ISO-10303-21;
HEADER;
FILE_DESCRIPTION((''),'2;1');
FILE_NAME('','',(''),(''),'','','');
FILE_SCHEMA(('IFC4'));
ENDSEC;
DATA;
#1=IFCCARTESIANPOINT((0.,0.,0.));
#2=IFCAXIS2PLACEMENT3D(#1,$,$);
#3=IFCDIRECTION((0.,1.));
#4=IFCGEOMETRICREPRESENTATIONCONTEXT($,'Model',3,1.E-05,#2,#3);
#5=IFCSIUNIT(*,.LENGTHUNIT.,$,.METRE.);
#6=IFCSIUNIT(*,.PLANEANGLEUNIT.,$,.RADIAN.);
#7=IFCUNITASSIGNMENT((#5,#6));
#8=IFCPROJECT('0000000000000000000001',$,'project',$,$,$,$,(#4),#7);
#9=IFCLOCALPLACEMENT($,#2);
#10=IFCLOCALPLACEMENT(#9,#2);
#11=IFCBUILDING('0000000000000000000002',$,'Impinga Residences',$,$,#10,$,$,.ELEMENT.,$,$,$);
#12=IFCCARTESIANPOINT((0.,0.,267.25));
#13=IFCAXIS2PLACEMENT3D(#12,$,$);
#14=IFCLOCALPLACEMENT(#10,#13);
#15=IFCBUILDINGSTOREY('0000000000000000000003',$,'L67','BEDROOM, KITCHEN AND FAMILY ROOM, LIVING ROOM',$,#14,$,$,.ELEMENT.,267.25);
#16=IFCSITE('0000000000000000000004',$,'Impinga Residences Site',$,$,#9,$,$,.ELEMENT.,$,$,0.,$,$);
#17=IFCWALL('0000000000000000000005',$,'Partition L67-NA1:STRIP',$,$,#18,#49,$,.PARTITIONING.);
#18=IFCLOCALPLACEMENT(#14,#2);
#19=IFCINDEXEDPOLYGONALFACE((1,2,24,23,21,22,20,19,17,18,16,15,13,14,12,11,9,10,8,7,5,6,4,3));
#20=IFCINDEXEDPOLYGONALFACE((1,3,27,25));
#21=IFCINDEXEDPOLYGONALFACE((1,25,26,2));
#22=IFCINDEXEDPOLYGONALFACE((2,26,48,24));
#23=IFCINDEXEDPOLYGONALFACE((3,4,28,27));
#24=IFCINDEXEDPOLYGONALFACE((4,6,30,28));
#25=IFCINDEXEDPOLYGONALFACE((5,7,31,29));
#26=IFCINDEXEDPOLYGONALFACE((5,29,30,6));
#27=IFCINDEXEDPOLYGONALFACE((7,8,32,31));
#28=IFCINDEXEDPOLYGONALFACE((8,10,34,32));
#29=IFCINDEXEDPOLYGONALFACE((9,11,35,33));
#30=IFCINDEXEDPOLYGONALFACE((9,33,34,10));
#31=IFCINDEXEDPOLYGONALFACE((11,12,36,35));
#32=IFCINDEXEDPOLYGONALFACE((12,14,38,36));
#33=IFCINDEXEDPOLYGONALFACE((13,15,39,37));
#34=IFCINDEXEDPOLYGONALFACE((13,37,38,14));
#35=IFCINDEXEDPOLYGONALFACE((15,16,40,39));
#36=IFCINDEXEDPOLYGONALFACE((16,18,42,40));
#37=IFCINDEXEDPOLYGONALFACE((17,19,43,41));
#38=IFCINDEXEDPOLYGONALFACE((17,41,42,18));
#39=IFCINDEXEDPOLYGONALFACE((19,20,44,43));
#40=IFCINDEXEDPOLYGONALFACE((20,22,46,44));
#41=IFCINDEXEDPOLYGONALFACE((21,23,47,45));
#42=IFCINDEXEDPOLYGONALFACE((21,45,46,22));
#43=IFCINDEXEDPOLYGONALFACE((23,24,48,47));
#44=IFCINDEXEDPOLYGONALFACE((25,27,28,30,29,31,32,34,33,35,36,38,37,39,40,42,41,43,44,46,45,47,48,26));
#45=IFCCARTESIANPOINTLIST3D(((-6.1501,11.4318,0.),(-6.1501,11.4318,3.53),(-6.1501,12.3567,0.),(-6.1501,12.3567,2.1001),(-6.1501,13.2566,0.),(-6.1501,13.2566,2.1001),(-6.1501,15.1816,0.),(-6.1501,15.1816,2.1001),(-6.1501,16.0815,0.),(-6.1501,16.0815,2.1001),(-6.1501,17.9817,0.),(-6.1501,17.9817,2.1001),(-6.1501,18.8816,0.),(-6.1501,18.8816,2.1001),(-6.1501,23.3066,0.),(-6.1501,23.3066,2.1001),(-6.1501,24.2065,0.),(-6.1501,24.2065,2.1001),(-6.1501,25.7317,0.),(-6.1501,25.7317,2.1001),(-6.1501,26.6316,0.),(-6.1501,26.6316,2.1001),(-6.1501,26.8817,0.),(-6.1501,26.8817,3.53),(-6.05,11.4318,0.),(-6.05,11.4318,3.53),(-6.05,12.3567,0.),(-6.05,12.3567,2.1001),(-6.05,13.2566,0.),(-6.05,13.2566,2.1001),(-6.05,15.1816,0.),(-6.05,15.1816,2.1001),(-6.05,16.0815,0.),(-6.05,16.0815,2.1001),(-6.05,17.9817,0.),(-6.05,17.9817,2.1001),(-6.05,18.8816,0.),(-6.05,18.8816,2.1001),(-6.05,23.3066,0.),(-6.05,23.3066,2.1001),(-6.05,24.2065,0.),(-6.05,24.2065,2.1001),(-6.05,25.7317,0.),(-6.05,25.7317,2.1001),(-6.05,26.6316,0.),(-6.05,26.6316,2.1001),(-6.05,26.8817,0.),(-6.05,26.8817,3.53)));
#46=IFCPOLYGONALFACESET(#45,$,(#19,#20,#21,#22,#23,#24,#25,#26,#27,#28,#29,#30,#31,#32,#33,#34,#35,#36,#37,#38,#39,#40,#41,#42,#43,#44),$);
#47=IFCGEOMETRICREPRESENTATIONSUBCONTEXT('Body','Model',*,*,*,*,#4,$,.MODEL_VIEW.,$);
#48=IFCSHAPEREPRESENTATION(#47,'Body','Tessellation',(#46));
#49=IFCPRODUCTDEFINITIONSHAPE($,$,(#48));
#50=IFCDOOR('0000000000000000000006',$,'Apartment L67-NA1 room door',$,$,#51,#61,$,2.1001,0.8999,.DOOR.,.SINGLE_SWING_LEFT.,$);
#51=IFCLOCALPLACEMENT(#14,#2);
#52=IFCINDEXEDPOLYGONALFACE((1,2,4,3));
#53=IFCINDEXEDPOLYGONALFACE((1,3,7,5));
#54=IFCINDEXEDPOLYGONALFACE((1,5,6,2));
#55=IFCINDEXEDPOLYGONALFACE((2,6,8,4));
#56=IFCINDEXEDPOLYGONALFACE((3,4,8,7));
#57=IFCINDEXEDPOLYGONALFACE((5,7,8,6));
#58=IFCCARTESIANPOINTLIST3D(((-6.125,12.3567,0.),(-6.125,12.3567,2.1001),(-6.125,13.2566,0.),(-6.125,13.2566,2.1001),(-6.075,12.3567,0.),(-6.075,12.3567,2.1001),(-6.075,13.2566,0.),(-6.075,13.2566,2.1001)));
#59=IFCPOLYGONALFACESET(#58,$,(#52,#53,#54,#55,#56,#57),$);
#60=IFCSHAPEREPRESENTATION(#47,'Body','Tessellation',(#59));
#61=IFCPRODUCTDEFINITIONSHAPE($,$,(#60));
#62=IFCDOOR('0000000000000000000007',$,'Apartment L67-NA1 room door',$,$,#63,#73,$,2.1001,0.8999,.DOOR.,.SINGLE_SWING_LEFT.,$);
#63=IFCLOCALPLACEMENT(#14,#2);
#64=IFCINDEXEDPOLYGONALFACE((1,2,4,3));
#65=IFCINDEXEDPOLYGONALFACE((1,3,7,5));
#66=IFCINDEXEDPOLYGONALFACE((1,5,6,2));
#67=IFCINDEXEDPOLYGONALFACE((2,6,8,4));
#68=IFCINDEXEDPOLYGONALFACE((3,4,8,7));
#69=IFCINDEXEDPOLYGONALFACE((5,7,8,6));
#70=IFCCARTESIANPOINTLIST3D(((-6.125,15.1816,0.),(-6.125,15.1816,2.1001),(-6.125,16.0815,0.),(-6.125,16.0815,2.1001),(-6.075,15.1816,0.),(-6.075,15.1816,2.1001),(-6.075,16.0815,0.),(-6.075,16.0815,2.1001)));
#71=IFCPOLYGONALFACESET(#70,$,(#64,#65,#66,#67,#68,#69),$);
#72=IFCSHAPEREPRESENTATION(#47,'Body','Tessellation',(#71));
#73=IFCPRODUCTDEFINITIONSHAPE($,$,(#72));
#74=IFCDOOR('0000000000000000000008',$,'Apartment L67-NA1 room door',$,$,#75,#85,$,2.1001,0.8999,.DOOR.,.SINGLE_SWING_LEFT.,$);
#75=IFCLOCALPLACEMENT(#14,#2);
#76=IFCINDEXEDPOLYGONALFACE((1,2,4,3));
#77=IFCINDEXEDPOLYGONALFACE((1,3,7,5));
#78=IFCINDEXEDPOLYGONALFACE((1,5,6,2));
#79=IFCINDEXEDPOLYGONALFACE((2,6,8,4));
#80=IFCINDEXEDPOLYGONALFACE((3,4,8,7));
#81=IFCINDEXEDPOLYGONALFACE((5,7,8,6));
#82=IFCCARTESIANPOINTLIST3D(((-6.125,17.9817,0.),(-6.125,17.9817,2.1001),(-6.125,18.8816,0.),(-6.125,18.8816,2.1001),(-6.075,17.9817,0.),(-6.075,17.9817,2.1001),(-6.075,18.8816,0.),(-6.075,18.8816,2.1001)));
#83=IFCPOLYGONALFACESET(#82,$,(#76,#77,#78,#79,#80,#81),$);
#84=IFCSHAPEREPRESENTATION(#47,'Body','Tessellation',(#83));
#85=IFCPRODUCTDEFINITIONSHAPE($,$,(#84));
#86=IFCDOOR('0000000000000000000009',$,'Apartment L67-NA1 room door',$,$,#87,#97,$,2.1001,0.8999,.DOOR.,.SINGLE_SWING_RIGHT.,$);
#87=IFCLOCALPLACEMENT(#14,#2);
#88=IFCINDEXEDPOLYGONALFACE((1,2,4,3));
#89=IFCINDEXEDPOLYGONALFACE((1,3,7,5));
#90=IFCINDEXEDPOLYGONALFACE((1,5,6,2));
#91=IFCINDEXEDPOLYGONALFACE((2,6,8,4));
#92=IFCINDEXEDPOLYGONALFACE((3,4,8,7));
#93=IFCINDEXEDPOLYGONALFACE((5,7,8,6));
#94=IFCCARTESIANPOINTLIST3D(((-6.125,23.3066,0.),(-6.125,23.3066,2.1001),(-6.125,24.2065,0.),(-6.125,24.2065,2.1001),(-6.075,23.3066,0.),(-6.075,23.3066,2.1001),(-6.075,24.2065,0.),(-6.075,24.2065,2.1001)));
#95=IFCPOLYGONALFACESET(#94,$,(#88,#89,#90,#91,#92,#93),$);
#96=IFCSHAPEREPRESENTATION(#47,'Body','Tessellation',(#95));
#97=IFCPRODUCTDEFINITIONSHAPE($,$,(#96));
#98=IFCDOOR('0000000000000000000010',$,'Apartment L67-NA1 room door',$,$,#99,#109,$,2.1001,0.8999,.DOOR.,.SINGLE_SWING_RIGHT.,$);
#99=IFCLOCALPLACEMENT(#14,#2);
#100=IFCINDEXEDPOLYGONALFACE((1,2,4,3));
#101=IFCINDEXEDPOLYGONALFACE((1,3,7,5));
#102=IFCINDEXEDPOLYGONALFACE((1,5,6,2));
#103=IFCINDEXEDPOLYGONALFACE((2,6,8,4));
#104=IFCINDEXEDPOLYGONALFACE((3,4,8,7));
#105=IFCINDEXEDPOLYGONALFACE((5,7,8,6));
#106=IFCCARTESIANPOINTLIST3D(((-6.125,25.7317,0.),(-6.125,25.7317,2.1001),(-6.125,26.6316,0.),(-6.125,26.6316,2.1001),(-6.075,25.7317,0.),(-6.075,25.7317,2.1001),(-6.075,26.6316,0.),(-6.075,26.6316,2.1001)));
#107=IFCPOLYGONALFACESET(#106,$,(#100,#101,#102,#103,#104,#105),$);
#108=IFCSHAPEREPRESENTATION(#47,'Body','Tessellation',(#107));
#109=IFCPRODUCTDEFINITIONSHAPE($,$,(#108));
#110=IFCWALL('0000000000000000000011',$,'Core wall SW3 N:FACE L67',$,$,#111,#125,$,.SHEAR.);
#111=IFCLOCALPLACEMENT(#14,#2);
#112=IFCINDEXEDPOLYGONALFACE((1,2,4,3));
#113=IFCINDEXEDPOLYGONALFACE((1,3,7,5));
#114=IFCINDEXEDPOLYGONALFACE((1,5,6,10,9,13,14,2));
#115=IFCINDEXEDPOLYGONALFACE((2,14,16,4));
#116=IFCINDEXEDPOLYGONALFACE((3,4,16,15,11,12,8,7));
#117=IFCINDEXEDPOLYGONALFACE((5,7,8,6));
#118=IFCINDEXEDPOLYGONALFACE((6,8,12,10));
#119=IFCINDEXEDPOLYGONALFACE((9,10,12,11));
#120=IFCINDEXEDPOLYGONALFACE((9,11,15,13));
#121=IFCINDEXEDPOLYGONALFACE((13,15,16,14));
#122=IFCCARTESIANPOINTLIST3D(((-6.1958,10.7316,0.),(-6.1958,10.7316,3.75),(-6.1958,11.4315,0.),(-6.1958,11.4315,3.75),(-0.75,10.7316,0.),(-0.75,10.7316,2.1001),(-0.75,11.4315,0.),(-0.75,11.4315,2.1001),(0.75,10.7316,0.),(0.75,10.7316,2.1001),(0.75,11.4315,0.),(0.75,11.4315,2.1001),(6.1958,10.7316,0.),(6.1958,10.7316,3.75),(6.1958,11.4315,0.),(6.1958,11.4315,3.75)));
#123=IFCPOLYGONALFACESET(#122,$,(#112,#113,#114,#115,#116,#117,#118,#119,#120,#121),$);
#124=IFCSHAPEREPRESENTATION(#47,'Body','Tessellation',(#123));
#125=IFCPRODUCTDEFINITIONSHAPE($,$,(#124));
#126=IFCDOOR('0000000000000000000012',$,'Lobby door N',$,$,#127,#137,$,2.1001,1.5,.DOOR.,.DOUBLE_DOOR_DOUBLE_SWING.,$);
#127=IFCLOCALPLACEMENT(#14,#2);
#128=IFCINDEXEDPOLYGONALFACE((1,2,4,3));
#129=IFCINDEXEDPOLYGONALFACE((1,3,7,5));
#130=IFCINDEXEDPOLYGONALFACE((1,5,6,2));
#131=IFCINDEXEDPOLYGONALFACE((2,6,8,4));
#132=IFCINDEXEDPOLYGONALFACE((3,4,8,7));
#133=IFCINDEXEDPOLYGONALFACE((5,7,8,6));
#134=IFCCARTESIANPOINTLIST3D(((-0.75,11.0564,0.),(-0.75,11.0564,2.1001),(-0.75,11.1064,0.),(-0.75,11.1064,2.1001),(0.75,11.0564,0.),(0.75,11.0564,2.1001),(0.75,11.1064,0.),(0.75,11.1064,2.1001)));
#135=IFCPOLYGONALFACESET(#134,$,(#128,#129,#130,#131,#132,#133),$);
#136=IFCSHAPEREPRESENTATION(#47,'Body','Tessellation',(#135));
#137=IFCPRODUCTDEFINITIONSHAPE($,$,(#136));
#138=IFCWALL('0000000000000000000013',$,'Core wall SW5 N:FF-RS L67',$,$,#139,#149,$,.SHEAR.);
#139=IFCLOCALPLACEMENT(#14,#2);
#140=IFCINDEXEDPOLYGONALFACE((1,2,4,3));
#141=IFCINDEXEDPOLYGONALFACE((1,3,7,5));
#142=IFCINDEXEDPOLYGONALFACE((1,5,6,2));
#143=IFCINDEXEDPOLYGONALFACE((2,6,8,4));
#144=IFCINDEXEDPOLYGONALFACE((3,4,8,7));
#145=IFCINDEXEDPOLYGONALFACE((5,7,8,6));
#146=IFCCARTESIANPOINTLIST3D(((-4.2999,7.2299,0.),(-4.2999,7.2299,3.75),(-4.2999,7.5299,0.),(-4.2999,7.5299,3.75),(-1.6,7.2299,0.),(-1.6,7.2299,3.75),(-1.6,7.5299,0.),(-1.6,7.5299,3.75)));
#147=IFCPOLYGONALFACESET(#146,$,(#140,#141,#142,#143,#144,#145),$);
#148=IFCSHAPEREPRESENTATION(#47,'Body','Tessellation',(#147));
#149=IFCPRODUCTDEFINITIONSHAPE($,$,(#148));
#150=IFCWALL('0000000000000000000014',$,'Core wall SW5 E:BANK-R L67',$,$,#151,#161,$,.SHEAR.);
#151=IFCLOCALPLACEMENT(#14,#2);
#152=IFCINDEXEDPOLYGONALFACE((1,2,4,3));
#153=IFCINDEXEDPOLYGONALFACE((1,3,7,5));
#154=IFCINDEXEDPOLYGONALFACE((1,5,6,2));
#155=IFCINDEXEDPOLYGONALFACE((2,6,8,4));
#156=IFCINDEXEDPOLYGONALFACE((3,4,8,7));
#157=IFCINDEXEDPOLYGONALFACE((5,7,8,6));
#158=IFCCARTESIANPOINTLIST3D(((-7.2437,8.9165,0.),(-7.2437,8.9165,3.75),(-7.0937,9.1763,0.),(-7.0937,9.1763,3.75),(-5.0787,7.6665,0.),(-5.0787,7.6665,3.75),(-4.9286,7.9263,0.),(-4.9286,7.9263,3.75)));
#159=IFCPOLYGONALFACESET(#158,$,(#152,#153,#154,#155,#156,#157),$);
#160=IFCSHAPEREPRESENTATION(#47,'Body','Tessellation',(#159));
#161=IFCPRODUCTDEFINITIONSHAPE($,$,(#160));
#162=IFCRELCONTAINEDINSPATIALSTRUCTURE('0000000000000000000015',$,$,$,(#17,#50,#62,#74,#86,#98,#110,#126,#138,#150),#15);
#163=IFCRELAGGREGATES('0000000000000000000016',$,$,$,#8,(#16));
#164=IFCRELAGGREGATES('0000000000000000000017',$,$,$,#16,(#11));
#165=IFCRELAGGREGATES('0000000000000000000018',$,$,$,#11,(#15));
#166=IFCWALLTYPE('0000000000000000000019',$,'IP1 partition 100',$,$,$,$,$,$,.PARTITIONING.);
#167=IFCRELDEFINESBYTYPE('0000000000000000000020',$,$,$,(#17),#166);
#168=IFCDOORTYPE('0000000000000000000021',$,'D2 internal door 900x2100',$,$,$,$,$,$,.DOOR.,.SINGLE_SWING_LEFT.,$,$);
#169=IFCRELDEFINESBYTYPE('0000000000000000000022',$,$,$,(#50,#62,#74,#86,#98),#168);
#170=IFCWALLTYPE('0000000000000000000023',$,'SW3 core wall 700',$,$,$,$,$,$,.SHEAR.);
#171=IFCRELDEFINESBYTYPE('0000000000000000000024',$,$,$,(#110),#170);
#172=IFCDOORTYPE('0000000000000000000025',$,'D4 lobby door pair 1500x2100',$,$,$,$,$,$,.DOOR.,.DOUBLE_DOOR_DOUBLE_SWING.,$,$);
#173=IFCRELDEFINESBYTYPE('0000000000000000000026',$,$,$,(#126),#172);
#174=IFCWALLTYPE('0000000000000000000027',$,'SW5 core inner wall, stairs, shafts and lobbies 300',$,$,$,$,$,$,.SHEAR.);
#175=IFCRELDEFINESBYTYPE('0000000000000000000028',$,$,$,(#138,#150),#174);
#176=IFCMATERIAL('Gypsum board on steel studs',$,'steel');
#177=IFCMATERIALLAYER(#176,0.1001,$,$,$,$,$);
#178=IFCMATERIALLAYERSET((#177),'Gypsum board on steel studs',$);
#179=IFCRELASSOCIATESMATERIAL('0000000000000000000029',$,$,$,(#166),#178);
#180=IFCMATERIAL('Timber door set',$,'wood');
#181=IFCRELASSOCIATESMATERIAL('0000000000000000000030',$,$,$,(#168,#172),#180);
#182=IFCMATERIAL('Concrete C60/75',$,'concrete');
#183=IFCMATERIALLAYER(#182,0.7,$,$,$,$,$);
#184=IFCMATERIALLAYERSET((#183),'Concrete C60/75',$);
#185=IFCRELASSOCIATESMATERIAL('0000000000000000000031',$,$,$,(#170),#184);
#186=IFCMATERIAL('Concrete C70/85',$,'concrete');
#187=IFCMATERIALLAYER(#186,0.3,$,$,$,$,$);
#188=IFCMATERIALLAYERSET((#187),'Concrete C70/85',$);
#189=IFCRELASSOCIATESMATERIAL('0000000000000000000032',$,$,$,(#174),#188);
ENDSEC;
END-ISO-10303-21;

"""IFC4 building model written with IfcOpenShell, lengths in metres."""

from ifc_helpers import new_model, si_unit, direction, frame, frame_2d, origin, place, context, subcontext, project, spatial, rectangle, extrude, material, layer, layer_set, type_object, element, fill, save


model = new_model("IFC4")

# Units and contexts
model_context = context("Model", 3, precision=1e-05, world=origin(), true_north=direction((0.0, 1.0)))
body_context = subcontext(model_context, "Body", "Model", "MODEL_VIEW")
ifc_project = project(units=[si_unit("LENGTHUNIT", "METRE"), si_unit("PLANEANGLEUNIT", "RADIAN")], contexts=[model_context])

# Site, building, storey
site_placement = place(None, origin())
site = spatial("IfcSite", under=ifc_project, at=site_placement, Name="Impinga Residences Site", CompositionType="ELEMENT", RefElevation=0.0)
building_placement = place(site_placement, origin())
building = spatial("IfcBuilding", under=site, at=building_placement, Name="Impinga Residences", CompositionType="ELEMENT")
storey_placement = place(building_placement, frame((0.0, 0.0, 267.25)))
storey = spatial("IfcBuildingStorey", under=building, at=storey_placement, Name="L67", Description="BEDROOM, KITCHEN AND FAMILY ROOM, LIVING ROOM", CompositionType="ELEMENT", Elevation=267.25)

# Shared definitions
ifc_material_1 = material(Name="Concrete C60/75", Category="concrete")

# Shared definitions
ifc_material_2 = material(Name="Timber door set", Category="wood")

# Wall, openings, doors
ifc_material_3 = material(Name="Gypsum board on steel studs", Category="steel")
ifc_layer_1 = layer(ifc_material_3, 0.1001)
ifc_layer_set_1 = layer_set([ifc_layer_1], Name="Gypsum board on steel studs")
wall_type_1 = type_object("IfcWallType", Name="IP1 partition 100", PredefinedType="PARTITIONING", material=ifc_layer_set_1)
wall_1_placement = place(storey_placement, frame((-6.1001, 11.4316, 0.0), z_axis=(0.0, 0.0, 1.0), x_axis=(0.0, 1.0, 0.0)))
wall_1 = element("IfcWall", 1, at=wall_1_placement, inside=storey, type_object=wall_type_1, Name="Partition L67-NA1:STRIP", PredefinedType="PARTITIONING", context=body_context, shape_type="SweptSolid", body=[
    extrude(rectangle(XDim=15.45, YDim=0.1001, at=frame_2d((7.7251, 0.0))), origin(), (0.0, 0.0, 1.0), 3.53),
])
opening_1_placement = place(wall_1_placement, frame((0.925, 0.0, 0.0)))
opening_1 = element("IfcOpeningElement", 2, at=opening_1_placement, cuts=wall_1, PredefinedType="OPENING", context=body_context, shape_type="SweptSolid", body=[
    extrude(rectangle(XDim=0.8999, YDim=2.1001, at=frame_2d((0.45, 1.05))), frame((0.0, 0.0601, 0.0), z_axis=(0.0, -1.0, 0.0), x_axis=(1.0, 0.0, 0.0)), (0.0, 0.0, 1.0), 0.1201),
])
opening_2_placement = place(wall_1_placement, frame((3.75, 0.0, 0.0)))
opening_2 = element("IfcOpeningElement", 3, at=opening_2_placement, cuts=wall_1, PredefinedType="OPENING", context=body_context, shape_type="SweptSolid", body=[
    extrude(rectangle(XDim=0.8999, YDim=2.1001, at=frame_2d((0.45, 1.05))), frame((0.0, 0.0601, 0.0), z_axis=(0.0, -1.0, 0.0), x_axis=(1.0, 0.0, 0.0)), (0.0, 0.0, 1.0), 0.1201),
])
opening_3_placement = place(wall_1_placement, frame((6.55, 0.0, 0.0)))
opening_3 = element("IfcOpeningElement", 4, at=opening_3_placement, cuts=wall_1, PredefinedType="OPENING", context=body_context, shape_type="SweptSolid", body=[
    extrude(rectangle(XDim=0.8999, YDim=2.1001, at=frame_2d((0.45, 1.05))), frame((0.0, 0.0601, 0.0), z_axis=(0.0, -1.0, 0.0), x_axis=(1.0, 0.0, 0.0)), (0.0, 0.0, 1.0), 0.1201),
])
opening_4_placement = place(wall_1_placement, frame((11.875, 0.0, 0.0)))
opening_4 = element("IfcOpeningElement", 5, at=opening_4_placement, cuts=wall_1, PredefinedType="OPENING", context=body_context, shape_type="SweptSolid", body=[
    extrude(rectangle(XDim=0.8999, YDim=2.1001, at=frame_2d((0.45, 1.05))), frame((0.0, 0.0601, 0.0), z_axis=(0.0, -1.0, 0.0), x_axis=(1.0, 0.0, 0.0)), (0.0, 0.0, 1.0), 0.1201),
])
opening_5_placement = place(wall_1_placement, frame((14.3, 0.0, 0.0)))
opening_5 = element("IfcOpeningElement", 6, at=opening_5_placement, cuts=wall_1, PredefinedType="OPENING", context=body_context, shape_type="SweptSolid", body=[
    extrude(rectangle(XDim=0.8999, YDim=2.1001, at=frame_2d((0.45, 1.05))), frame((0.0, 0.0601, 0.0), z_axis=(0.0, -1.0, 0.0), x_axis=(1.0, 0.0, 0.0)), (0.0, 0.0, 1.0), 0.1201),
])
door_type_1 = type_object("IfcDoorType", Name="D2 internal door 900x2100", OperationType="SINGLE_SWING_LEFT", PredefinedType="DOOR", material=ifc_material_2)
door_1_placement = place(opening_1_placement, origin())
door_1 = element("IfcDoor", 7, at=door_1_placement, inside=storey, type_object=door_type_1, Name="Apartment L67-NA1 room door", OperationType="SINGLE_SWING_LEFT", OverallHeight=2.1001, OverallWidth=0.8999, PredefinedType="DOOR", context=body_context, shape_type="SweptSolid", body=[
    extrude(rectangle(XDim=0.8999, YDim=2.1001, at=frame_2d((0.45, 1.05))), frame((0.0, 0.0249, 0.0), z_axis=(0.0, -1.0, 0.0), x_axis=(1.0, 0.0, 0.0)), (0.0, 0.0, 1.0), 0.05),
])
fill(opening_1, door_1)
door_2_placement = place(opening_2_placement, origin())
door_2 = element("IfcDoor", 8, at=door_2_placement, inside=storey, type_object=door_type_1, Name="Apartment L67-NA1 room door", OperationType="SINGLE_SWING_LEFT", OverallHeight=2.1001, OverallWidth=0.8999, PredefinedType="DOOR", context=body_context, shape_type="SweptSolid", body=[
    extrude(rectangle(XDim=0.8999, YDim=2.1001, at=frame_2d((0.45, 1.05))), frame((0.0, 0.0249, 0.0), z_axis=(0.0, -1.0, 0.0), x_axis=(1.0, 0.0, 0.0)), (0.0, 0.0, 1.0), 0.05),
])
fill(opening_2, door_2)
door_3_placement = place(opening_3_placement, origin())
door_3 = element("IfcDoor", 9, at=door_3_placement, inside=storey, type_object=door_type_1, Name="Apartment L67-NA1 room door", OperationType="SINGLE_SWING_LEFT", OverallHeight=2.1001, OverallWidth=0.8999, PredefinedType="DOOR", context=body_context, shape_type="SweptSolid", body=[
    extrude(rectangle(XDim=0.8999, YDim=2.1001, at=frame_2d((0.45, 1.05))), frame((0.0, 0.0249, 0.0), z_axis=(0.0, -1.0, 0.0), x_axis=(1.0, 0.0, 0.0)), (0.0, 0.0, 1.0), 0.05),
])
fill(opening_3, door_3)
door_4_placement = place(opening_4_placement, origin())
door_4 = element("IfcDoor", 10, at=door_4_placement, inside=storey, type_object=door_type_1, Name="Apartment L67-NA1 room door", OperationType="SINGLE_SWING_RIGHT", OverallHeight=2.1001, OverallWidth=0.8999, PredefinedType="DOOR", context=body_context, shape_type="SweptSolid", body=[
    extrude(rectangle(XDim=0.8999, YDim=2.1001, at=frame_2d((0.45, 1.05))), frame((0.0, 0.0249, 0.0), z_axis=(0.0, -1.0, 0.0), x_axis=(1.0, 0.0, 0.0)), (0.0, 0.0, 1.0), 0.05),
])
fill(opening_4, door_4)
door_5_placement = place(opening_5_placement, origin())
door_5 = element("IfcDoor", 11, at=door_5_placement, inside=storey, type_object=door_type_1, Name="Apartment L67-NA1 room door", OperationType="SINGLE_SWING_RIGHT", OverallHeight=2.1001, OverallWidth=0.8999, PredefinedType="DOOR", context=body_context, shape_type="SweptSolid", body=[
    extrude(rectangle(XDim=0.8999, YDim=2.1001, at=frame_2d((0.45, 1.05))), frame((0.0, 0.0249, 0.0), z_axis=(0.0, -1.0, 0.0), x_axis=(1.0, 0.0, 0.0)), (0.0, 0.0, 1.0), 0.05),
])
fill(opening_5, door_5)

# Wall, opening, door
ifc_layer_2 = layer(ifc_material_1, 0.7)
ifc_layer_set_2 = layer_set([ifc_layer_2], Name="Concrete C60/75")
wall_type_2 = type_object("IfcWallType", Name="SW3 core wall 700", PredefinedType="SHEAR", material=ifc_layer_set_2)
wall_2_placement = place(storey_placement, frame((-6.1958, 11.0815, 0.0), z_axis=(0.0, 0.0, 1.0), x_axis=(1.0, 0.0, 0.0)))
wall_2 = element("IfcWall", 12, at=wall_2_placement, inside=storey, type_object=wall_type_2, Name="Core wall SW3 N:FACE L67", PredefinedType="SHEAR", context=body_context, shape_type="SweptSolid", body=[
    extrude(rectangle(XDim=12.3916, YDim=0.7, at=frame_2d((6.1958, 0.0))), origin(), (0.0, 0.0, 1.0), 3.75),
])
opening_6_placement = place(wall_2_placement, frame((5.4458, 0.0, 0.0)))
opening_6 = element("IfcOpeningElement", 13, at=opening_6_placement, cuts=wall_2, PredefinedType="OPENING", context=body_context, shape_type="SweptSolid", body=[
    extrude(rectangle(XDim=1.5, YDim=2.1001, at=frame_2d((0.75, 1.05))), frame((0.0, 0.3599, 0.0), z_axis=(0.0, -1.0, 0.0), x_axis=(1.0, 0.0, 0.0)), (0.0, 0.0, 1.0), 0.72),
])
door_type_2 = type_object("IfcDoorType", Name="D4 lobby door pair 1500x2100", OperationType="DOUBLE_DOOR_DOUBLE_SWING", PredefinedType="DOOR", material=ifc_material_2)
door_6_placement = place(opening_6_placement, origin())
door_6 = element("IfcDoor", 14, at=door_6_placement, inside=storey, type_object=door_type_2, Name="Lobby door N", OperationType="DOUBLE_DOOR_DOUBLE_SWING", OverallHeight=2.1001, OverallWidth=1.5, PredefinedType="DOOR", context=body_context, shape_type="SweptSolid", body=[
    extrude(rectangle(XDim=1.5, YDim=2.1001, at=frame_2d((0.75, 1.05))), frame((0.0, 0.0249, 0.0), z_axis=(0.0, -1.0, 0.0), x_axis=(1.0, 0.0, 0.0)), (0.0, 0.0, 1.0), 0.05),
])
fill(opening_6, door_6)

# Walls
ifc_material_4 = material(Name="Concrete C70/85", Category="concrete")
ifc_layer_3 = layer(ifc_material_4, 0.3)
ifc_layer_set_3 = layer_set([ifc_layer_3], Name="Concrete C70/85")
wall_type_3 = type_object("IfcWallType", Name="SW5 core inner wall, stairs, shafts and lobbies 300", PredefinedType="SHEAR", material=ifc_layer_set_3)
wall_3_placement = place(storey_placement, frame((-4.3, 7.3799, 0.0), z_axis=(0.0, 0.0, 1.0), x_axis=(1.0, 0.0, 0.0)))
element("IfcWall", 15, at=wall_3_placement, inside=storey, type_object=wall_type_3, Name="Core wall SW5 N:FF-RS L67", PredefinedType="SHEAR", context=body_context, shape_type="SweptSolid", body=[
    extrude(rectangle(XDim=2.7, YDim=0.3, at=frame_2d((1.3501, 0.0))), origin(), (0.0, 0.0, 1.0), 3.75),
])
wall_4_placement = place(storey_placement, frame((-5.0037, 7.7964, 0.0), z_axis=(0.0, 0.0, 1.0), x_axis=(-0.866023, 0.500004, 0.0)))
element("IfcWall", 16, at=wall_4_placement, inside=storey, type_object=wall_type_3, Name="Core wall SW5 E:BANK-R L67", PredefinedType="SHEAR", context=body_context, shape_type="SweptSolid", body=[
    extrude(rectangle(XDim=2.5, YDim=0.3, at=frame_2d((1.25, 0.0))), origin(), (0.0, 0.0, 1.0), 3.75),
])

save(model, "model.ifc")
